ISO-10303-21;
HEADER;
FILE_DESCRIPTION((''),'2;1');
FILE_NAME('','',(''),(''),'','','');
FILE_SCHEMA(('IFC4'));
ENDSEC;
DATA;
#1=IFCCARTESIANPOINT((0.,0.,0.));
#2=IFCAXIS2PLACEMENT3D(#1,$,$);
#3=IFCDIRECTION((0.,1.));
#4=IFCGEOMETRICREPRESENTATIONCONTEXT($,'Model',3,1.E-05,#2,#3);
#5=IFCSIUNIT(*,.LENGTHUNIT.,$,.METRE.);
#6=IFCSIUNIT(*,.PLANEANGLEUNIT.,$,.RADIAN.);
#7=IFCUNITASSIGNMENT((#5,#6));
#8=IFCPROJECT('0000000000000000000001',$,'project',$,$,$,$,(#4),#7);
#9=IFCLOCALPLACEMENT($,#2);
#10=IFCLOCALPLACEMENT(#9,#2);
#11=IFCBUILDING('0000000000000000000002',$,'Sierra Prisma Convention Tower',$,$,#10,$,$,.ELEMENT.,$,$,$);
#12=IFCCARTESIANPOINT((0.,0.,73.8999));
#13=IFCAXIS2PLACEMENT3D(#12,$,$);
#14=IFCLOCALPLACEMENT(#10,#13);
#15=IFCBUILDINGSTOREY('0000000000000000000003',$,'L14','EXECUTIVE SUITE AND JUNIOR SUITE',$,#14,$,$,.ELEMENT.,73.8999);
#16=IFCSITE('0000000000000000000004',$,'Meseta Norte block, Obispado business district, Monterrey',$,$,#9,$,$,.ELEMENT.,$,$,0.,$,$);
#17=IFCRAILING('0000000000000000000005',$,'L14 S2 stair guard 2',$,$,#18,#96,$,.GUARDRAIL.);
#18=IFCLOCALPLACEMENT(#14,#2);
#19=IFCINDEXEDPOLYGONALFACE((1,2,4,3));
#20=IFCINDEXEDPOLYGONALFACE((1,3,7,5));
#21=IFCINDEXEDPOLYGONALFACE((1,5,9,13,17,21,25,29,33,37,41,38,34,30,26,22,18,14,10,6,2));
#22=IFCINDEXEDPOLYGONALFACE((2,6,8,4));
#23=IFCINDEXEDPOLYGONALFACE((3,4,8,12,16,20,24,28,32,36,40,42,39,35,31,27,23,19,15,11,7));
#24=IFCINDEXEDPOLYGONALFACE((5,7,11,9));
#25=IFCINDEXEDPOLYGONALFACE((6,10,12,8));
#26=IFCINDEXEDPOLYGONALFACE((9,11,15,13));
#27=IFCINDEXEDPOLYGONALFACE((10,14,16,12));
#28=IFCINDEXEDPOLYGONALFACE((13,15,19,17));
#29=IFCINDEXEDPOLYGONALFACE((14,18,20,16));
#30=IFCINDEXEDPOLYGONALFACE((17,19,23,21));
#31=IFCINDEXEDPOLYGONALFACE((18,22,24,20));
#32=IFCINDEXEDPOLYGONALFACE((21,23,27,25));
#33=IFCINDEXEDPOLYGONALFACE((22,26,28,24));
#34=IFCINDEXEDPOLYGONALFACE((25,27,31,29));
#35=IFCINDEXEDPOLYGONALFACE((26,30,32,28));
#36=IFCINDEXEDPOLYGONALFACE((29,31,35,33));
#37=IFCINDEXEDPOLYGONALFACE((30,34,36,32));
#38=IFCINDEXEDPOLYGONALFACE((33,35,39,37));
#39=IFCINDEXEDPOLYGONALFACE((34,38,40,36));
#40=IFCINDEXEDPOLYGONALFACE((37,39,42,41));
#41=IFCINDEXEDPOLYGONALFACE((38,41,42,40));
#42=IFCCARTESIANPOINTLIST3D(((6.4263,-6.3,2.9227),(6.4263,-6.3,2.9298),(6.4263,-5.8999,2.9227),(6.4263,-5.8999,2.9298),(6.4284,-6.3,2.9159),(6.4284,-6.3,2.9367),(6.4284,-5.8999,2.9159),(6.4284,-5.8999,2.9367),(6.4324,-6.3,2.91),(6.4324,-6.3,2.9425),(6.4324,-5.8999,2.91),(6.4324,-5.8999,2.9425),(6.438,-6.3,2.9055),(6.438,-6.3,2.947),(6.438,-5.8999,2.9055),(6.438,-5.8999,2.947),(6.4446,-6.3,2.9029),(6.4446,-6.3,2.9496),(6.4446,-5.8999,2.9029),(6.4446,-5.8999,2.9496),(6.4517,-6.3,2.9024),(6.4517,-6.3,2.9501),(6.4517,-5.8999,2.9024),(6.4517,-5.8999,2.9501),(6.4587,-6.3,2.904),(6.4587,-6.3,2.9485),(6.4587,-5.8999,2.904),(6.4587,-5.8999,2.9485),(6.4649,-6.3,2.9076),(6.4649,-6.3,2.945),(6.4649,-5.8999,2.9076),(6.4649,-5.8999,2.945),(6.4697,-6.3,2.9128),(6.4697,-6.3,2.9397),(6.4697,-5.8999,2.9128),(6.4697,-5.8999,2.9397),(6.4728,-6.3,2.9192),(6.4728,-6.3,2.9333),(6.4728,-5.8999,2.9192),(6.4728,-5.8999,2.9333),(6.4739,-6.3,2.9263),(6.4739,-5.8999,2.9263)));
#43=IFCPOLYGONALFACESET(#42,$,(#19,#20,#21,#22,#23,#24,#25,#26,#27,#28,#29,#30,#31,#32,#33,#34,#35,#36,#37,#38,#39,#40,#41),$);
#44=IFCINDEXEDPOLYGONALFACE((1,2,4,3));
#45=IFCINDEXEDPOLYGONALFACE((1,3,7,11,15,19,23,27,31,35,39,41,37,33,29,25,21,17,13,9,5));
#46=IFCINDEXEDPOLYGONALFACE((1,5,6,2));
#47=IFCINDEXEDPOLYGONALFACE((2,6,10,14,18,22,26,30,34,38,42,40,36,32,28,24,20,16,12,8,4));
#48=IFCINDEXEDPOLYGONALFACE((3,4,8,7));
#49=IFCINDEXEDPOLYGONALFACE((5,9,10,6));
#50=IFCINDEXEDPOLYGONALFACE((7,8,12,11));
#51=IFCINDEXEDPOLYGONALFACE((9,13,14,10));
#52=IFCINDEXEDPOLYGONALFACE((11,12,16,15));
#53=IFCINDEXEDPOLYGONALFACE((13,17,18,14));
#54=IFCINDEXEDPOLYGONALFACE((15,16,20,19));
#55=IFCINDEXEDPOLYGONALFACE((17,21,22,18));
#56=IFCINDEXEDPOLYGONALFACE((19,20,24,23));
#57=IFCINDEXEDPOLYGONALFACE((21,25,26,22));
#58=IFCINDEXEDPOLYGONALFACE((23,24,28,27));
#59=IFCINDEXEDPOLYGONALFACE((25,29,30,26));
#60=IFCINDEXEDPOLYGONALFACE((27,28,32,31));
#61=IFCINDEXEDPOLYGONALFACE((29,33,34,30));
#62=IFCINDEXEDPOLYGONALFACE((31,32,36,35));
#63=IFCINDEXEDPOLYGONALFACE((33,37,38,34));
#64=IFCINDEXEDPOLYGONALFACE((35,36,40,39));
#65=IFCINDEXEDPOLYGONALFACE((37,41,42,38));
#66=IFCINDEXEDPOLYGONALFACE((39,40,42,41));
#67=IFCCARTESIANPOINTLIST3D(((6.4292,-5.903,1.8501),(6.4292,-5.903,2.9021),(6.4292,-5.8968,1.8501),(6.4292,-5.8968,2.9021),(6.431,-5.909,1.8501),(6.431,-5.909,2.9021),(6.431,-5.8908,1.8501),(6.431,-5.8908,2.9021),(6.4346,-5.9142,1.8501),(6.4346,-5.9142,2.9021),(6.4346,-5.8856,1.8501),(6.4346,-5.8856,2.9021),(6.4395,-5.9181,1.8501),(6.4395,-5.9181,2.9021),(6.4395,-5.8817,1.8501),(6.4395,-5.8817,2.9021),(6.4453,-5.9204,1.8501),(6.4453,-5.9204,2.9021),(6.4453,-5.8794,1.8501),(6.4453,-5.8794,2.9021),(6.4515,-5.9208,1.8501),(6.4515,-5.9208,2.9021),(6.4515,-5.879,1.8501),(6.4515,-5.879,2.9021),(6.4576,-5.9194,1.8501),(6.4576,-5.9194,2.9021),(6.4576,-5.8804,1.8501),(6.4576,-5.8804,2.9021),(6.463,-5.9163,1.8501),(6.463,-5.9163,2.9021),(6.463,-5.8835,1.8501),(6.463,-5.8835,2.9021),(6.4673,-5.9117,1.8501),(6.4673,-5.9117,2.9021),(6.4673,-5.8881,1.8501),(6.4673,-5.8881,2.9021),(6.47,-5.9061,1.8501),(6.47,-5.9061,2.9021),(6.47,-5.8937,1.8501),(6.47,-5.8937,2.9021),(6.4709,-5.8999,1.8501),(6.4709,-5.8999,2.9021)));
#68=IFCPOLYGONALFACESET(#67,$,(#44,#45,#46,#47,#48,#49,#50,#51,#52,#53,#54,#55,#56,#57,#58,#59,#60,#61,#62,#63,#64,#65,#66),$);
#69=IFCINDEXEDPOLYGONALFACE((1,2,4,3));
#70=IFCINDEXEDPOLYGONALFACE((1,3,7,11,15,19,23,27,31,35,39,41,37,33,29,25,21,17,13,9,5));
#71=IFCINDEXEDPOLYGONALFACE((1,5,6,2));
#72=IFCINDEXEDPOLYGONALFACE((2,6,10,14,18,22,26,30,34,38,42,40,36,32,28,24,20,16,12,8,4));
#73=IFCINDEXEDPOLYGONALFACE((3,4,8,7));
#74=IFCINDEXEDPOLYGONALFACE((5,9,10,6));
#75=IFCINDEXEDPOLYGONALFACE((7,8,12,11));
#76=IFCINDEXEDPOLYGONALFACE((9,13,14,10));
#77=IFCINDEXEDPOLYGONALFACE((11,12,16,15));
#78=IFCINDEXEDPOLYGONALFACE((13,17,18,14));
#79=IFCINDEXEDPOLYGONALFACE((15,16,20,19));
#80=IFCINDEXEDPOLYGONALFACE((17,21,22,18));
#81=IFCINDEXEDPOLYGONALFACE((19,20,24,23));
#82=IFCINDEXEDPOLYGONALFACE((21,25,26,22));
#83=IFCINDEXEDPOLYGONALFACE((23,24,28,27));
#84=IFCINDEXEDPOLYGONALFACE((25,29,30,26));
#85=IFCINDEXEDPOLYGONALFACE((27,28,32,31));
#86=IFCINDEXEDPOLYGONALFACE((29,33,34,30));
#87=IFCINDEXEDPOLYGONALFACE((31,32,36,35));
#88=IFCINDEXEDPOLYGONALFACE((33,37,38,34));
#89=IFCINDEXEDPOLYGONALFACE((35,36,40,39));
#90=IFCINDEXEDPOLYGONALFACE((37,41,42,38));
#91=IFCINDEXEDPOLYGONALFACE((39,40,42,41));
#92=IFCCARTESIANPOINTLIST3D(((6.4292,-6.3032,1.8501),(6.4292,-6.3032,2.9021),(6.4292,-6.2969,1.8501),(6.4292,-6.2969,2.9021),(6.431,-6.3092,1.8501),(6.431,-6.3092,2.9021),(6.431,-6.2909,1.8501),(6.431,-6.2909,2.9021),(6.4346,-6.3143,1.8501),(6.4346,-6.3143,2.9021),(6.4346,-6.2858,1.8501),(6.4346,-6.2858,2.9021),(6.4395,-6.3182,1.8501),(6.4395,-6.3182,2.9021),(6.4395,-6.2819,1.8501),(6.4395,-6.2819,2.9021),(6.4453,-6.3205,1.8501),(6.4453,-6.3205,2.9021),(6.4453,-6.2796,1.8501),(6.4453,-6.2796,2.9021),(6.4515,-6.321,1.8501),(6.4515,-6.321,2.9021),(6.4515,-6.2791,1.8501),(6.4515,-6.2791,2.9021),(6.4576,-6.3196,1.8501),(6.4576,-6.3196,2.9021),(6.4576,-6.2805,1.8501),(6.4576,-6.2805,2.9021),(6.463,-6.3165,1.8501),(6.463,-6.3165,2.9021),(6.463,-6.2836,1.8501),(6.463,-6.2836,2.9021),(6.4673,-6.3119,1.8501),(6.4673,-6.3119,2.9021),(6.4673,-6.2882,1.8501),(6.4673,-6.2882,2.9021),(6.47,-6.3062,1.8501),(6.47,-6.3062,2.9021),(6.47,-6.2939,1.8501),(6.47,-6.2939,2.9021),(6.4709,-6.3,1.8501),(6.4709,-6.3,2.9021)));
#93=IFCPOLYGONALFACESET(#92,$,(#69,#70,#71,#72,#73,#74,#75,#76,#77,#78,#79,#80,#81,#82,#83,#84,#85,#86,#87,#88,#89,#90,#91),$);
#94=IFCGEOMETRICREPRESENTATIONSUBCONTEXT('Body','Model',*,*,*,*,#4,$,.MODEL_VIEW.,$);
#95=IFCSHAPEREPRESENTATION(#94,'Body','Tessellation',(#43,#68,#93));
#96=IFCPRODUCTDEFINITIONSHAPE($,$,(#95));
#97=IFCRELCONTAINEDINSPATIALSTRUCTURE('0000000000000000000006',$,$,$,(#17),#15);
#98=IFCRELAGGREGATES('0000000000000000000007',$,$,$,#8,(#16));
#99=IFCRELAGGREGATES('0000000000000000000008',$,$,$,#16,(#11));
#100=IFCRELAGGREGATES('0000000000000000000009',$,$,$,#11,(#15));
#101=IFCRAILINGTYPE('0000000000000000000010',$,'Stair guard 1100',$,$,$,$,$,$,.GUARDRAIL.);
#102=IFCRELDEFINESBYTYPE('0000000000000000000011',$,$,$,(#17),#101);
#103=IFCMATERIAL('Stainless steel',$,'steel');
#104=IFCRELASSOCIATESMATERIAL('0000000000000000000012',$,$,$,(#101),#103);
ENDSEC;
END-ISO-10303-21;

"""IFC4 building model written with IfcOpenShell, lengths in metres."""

from ifc_helpers import new_model, si_unit, direction, frame, origin, origin_2d, place, context, subcontext, project, spatial, circle, extrude, material, type_object, element, save


model = new_model("IFC4")

# Units and contexts
model_context = context("Model", 3, precision=1e-05, world=origin(), true_north=direction((0.0, 1.0)))
body_context = subcontext(model_context, "Body", "Model", "MODEL_VIEW")
ifc_project = project(units=[si_unit("LENGTHUNIT", "METRE"), si_unit("PLANEANGLEUNIT", "RADIAN")], contexts=[model_context])

# Site, building, storey
site_placement = place(None, origin())
site = spatial("IfcSite", under=ifc_project, at=site_placement, Name="Meseta Norte block, Obispado business district, Monterrey", CompositionType="ELEMENT", RefElevation=0.0)
building_placement = place(site_placement, origin())
building = spatial("IfcBuilding", under=site, at=building_placement, Name="Sierra Prisma Convention Tower", CompositionType="ELEMENT")
storey_placement = place(building_placement, frame((0.0, 0.0, 73.8999)))
storey = spatial("IfcBuildingStorey", under=building, at=storey_placement, Name="L14", Description="EXECUTIVE SUITE AND JUNIOR SUITE", CompositionType="ELEMENT", Elevation=73.8999)

# Railing
ifc_material_1 = material(Name="Stainless steel", Category="steel")
railing_type_1 = type_object("IfcRailingType", Name="Stair guard 1100", PredefinedType="GUARDRAIL", material=ifc_material_1)
railing_1_placement = place(storey_placement, frame((6.45, -5.8999, 1.8501)))
element("IfcRailing", 1, at=railing_1_placement, inside=storey, type_object=railing_type_1, Name="L14 S2 stair guard 2", PredefinedType="GUARDRAIL", context=body_context, shape_type="SweptSolid", body=[
    extrude(circle(Radius=0.0239, at=origin_2d()), frame((0.0, 0.0, 1.0762), z_axis=(0.0, -1.0, 0.0), x_axis=(1.0, 0.0, 0.0)), (0.0, 0.0, 1.0), 0.4001),
    extrude(circle(Radius=0.021, at=origin_2d()), origin(), (0.0, 0.0, 1.0), 1.052),
    extrude(circle(Radius=0.021, at=origin_2d()), frame((0.0, -0.4001, 0.0)), (0.0, 0.0, 1.0), 1.052),
])

save(model, "model.ifc")
